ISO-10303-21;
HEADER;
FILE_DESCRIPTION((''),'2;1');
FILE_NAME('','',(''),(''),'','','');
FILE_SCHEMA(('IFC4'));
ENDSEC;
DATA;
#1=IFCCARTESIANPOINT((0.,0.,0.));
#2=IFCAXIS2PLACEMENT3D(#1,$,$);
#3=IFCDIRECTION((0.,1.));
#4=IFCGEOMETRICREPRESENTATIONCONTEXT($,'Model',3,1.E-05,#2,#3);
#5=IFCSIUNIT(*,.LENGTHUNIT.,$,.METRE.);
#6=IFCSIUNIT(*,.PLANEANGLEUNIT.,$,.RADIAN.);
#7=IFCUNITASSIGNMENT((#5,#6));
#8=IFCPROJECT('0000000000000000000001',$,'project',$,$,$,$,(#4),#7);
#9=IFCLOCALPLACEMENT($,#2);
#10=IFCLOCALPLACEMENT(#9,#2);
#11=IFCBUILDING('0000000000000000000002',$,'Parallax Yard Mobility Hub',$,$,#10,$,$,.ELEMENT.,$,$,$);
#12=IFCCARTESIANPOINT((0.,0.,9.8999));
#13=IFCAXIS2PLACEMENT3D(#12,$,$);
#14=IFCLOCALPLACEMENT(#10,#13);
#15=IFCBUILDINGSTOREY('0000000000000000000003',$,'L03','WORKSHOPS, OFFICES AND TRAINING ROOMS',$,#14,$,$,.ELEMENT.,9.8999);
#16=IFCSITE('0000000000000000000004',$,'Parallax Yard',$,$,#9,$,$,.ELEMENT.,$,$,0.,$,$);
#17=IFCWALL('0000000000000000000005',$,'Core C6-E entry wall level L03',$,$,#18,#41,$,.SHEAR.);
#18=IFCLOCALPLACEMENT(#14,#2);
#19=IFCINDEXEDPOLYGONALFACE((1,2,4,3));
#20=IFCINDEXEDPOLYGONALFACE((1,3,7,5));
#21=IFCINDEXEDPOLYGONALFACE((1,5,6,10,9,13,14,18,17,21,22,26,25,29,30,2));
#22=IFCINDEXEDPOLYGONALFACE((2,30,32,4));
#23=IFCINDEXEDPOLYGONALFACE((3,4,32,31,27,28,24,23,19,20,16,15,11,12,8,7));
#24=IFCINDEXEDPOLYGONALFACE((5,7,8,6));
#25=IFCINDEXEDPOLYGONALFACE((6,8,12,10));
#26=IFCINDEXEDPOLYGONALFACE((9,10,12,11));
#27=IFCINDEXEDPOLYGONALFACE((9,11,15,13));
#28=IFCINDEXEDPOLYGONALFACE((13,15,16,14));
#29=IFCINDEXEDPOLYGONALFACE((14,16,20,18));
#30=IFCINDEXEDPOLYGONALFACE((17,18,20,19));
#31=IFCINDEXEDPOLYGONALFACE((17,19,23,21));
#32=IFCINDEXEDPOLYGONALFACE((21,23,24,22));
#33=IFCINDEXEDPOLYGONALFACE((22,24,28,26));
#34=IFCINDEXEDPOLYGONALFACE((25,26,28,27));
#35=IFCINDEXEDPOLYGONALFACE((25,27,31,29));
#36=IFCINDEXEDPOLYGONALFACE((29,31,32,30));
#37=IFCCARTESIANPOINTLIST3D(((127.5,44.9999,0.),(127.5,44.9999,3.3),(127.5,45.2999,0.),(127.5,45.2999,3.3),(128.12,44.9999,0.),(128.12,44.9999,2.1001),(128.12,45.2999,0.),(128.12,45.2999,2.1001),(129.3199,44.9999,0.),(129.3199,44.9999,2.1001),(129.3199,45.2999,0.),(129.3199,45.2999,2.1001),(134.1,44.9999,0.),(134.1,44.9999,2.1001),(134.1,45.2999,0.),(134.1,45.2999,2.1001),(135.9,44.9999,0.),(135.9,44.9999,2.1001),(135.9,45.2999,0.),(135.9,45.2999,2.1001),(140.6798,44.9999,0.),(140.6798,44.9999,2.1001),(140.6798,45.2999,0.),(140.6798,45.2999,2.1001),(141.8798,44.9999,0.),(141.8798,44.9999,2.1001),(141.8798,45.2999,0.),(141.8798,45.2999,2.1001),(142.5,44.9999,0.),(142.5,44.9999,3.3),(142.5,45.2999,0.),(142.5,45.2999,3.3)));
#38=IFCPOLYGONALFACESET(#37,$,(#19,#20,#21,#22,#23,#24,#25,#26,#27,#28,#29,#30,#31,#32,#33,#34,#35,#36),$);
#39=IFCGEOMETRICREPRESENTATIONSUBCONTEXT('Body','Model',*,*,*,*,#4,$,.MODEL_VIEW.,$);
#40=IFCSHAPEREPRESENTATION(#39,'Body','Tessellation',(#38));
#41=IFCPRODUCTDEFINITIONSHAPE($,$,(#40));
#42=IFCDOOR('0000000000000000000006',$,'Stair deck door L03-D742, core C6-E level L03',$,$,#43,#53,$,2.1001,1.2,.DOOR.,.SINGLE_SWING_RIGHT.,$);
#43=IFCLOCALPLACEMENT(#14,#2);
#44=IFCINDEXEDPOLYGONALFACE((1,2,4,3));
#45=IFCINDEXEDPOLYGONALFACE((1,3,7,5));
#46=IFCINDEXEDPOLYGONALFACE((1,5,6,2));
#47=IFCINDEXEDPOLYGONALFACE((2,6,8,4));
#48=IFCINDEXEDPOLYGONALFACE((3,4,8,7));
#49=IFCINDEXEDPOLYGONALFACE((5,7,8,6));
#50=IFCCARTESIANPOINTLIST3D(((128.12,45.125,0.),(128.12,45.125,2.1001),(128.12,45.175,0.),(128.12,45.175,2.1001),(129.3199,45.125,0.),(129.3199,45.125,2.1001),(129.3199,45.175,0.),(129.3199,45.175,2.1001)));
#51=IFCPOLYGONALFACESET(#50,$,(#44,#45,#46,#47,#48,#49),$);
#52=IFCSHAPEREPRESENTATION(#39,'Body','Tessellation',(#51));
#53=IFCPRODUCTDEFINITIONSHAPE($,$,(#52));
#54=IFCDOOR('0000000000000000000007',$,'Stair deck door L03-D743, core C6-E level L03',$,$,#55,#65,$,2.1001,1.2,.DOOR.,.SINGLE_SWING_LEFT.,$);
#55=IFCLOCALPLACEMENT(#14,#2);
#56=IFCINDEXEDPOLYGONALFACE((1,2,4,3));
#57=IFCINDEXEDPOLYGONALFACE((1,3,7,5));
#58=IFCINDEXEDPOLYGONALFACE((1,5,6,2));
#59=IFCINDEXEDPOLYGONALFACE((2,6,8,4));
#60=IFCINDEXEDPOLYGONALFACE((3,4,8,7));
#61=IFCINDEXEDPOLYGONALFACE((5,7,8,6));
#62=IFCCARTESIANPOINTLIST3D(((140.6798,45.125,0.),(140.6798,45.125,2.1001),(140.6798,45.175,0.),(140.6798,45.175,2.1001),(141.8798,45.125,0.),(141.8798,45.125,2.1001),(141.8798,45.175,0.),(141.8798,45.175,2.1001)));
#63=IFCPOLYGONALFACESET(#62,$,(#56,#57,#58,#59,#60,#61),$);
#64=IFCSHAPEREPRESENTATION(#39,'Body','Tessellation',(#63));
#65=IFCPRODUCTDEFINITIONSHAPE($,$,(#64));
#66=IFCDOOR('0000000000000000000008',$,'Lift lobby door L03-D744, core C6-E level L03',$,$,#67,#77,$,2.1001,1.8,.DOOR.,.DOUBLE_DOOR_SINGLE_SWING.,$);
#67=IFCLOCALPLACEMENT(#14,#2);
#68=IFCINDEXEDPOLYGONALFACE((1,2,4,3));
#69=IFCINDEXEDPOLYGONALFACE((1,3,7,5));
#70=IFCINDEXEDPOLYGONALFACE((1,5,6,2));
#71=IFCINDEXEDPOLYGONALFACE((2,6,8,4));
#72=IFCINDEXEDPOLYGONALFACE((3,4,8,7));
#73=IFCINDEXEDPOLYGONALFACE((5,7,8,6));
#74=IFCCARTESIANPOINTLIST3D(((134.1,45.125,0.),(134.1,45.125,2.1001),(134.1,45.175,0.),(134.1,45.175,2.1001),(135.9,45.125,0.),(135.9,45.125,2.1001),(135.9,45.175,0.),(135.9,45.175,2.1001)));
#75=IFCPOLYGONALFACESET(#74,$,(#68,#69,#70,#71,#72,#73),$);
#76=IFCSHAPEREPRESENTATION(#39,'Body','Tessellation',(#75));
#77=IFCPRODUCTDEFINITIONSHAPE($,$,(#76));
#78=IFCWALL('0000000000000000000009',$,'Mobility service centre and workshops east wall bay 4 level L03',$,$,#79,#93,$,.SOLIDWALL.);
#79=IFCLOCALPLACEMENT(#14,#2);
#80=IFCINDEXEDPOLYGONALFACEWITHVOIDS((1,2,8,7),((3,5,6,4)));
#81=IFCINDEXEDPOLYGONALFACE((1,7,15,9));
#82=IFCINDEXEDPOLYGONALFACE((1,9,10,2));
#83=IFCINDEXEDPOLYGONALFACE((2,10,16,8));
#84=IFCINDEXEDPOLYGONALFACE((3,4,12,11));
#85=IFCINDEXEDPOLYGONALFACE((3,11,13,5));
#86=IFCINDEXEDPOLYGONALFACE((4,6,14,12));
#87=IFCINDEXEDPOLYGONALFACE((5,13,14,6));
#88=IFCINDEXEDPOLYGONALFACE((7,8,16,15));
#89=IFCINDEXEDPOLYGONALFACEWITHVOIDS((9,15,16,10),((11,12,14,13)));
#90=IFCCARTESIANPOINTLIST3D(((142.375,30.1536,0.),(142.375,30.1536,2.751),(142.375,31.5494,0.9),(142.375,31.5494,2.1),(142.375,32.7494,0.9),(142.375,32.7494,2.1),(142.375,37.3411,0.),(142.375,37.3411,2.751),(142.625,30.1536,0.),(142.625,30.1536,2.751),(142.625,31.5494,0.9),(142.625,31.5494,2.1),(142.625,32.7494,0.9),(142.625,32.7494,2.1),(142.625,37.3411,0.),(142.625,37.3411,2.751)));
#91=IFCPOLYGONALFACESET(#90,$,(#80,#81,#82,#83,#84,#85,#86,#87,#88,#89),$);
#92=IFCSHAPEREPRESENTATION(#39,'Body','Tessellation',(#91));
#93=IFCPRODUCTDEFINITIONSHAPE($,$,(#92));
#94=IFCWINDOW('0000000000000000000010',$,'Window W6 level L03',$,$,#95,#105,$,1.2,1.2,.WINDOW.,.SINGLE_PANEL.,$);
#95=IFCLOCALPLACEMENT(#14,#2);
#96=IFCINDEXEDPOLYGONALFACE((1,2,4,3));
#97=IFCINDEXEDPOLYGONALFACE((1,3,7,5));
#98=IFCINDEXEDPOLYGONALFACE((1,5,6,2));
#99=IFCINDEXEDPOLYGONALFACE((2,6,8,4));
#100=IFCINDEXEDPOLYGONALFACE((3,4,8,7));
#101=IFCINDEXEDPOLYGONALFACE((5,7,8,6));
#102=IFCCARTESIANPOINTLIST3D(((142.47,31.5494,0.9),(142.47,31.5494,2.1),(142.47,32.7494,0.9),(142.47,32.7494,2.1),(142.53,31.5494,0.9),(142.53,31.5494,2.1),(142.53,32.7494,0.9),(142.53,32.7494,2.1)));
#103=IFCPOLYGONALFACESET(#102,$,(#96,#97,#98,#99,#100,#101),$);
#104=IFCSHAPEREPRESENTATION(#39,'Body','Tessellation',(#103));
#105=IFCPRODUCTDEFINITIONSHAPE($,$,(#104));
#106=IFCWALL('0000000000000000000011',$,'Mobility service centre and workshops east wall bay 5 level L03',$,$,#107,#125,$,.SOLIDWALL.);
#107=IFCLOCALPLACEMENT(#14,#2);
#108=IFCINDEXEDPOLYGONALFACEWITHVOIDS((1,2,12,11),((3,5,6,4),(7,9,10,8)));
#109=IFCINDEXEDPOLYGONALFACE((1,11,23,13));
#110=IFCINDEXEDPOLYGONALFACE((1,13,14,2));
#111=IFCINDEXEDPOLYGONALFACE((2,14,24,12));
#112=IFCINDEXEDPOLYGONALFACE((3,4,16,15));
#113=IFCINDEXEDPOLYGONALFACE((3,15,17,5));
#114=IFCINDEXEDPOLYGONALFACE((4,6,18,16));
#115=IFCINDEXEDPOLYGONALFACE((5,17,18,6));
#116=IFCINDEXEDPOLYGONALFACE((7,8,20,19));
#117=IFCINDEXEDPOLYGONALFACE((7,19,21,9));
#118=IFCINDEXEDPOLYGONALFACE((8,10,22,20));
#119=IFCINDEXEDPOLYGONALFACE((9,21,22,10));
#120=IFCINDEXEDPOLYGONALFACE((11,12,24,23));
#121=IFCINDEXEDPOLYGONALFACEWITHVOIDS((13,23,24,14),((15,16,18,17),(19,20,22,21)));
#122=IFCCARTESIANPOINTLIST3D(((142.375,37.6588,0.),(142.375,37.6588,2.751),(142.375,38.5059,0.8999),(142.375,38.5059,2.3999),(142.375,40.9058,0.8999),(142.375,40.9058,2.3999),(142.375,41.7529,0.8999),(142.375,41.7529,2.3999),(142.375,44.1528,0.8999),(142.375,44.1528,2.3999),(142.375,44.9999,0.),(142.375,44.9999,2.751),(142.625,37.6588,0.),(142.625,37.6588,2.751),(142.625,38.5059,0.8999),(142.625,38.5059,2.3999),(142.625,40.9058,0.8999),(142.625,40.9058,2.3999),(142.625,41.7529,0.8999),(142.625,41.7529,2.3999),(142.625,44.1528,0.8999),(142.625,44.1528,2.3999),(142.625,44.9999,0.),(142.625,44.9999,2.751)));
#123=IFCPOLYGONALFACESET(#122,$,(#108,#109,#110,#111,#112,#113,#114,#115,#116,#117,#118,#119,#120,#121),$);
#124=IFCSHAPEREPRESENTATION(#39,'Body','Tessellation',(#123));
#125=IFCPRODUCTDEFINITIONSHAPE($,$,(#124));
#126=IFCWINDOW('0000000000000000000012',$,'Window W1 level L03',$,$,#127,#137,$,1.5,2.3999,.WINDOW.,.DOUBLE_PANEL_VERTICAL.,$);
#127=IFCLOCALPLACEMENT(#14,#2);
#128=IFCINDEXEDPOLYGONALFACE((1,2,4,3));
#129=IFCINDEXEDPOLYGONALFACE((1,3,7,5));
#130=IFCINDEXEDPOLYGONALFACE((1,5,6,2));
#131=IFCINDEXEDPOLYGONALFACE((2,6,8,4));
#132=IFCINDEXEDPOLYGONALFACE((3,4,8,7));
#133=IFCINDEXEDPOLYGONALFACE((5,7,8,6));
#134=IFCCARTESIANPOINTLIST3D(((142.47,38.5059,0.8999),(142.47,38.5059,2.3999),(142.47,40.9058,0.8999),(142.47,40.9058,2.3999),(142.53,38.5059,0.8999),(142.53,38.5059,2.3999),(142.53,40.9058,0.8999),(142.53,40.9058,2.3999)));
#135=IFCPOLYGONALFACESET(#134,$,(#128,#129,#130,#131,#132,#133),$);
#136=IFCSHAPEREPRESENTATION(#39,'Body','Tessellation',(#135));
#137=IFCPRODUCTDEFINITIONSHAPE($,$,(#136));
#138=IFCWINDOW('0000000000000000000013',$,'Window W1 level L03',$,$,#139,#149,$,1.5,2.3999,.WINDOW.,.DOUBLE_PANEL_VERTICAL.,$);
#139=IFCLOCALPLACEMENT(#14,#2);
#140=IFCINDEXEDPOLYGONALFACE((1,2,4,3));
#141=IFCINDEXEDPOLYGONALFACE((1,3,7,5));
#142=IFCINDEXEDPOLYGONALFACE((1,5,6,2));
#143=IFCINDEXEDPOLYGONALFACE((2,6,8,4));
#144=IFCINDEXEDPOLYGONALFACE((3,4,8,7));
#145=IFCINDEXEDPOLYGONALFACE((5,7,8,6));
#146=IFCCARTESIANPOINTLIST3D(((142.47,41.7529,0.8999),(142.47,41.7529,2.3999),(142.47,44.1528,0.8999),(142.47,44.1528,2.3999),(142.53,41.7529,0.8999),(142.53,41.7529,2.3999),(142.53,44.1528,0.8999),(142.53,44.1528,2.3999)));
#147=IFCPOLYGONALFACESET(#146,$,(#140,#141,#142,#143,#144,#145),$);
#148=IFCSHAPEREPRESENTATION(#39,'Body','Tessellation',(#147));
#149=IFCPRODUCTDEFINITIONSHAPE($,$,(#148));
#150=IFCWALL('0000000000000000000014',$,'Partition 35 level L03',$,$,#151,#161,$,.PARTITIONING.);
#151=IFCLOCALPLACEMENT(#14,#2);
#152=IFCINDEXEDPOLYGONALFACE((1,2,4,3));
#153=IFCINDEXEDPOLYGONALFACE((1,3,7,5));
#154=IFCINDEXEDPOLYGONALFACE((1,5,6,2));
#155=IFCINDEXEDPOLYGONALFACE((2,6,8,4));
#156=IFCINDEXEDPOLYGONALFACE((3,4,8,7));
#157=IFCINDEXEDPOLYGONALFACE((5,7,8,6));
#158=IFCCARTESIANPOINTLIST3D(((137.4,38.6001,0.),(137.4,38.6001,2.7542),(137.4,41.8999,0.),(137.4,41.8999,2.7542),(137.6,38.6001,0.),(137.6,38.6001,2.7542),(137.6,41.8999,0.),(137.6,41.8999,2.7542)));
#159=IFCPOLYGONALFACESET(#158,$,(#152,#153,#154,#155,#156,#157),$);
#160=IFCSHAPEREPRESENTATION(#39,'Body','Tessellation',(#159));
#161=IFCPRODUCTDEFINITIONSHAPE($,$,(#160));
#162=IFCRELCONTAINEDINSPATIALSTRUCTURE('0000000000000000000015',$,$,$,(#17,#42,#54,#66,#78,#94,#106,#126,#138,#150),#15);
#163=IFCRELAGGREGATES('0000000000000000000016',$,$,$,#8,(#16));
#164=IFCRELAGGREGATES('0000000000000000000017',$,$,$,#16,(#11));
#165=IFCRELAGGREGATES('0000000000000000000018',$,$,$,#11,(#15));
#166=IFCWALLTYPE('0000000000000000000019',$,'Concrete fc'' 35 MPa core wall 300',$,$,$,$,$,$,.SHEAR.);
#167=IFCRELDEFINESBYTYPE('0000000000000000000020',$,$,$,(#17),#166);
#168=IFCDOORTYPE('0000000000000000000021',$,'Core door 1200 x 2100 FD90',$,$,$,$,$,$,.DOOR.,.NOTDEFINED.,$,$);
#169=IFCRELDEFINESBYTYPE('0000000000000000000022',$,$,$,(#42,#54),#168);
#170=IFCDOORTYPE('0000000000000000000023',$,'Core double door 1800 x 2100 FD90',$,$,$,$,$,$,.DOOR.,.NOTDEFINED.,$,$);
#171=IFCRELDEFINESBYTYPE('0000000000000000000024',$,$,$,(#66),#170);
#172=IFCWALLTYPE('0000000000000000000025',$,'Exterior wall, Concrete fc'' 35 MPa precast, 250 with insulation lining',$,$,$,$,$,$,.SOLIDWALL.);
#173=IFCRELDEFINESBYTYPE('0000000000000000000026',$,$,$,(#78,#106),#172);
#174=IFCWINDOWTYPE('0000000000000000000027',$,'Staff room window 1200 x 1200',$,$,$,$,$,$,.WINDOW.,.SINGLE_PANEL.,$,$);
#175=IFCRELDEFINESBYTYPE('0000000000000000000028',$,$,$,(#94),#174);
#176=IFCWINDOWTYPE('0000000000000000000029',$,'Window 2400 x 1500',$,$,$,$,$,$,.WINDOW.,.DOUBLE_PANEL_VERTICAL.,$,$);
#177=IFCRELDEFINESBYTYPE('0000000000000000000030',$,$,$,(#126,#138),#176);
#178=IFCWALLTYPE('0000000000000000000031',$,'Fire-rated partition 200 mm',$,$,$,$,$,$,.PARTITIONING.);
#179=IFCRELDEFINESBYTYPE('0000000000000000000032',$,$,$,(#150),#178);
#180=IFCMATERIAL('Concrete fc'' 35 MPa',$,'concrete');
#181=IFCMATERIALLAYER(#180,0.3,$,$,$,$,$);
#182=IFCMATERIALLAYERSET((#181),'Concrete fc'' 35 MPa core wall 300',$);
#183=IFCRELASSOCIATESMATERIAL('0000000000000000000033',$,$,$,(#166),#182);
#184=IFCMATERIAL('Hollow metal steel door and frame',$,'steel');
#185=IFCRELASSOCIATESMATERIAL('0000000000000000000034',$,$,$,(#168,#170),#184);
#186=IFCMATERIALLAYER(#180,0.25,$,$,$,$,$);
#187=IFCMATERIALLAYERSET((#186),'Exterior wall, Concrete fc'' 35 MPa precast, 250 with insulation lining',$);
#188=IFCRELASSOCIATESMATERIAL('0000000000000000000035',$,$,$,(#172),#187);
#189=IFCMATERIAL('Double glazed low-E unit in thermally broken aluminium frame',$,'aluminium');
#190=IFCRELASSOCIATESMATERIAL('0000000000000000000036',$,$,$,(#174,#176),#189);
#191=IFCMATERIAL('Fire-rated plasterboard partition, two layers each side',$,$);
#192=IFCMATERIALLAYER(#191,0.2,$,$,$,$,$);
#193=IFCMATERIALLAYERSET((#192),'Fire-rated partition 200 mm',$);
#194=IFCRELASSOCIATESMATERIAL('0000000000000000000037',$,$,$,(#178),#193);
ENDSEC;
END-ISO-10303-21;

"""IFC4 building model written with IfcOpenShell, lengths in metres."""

from ifc_helpers import new_model, si_unit, direction, frame, frame_2d, origin, place, context, subcontext, project, spatial, rectangle, extrude, material, layer, layer_set, type_object, element, fill, save


model = new_model("IFC4")

# Units and contexts
model_context = context("Model", 3, precision=1e-05, world=origin(), true_north=direction((0.0, 1.0)))
body_context = subcontext(model_context, "Body", "Model", "MODEL_VIEW")
ifc_project = project(units=[si_unit("LENGTHUNIT", "METRE"), si_unit("PLANEANGLEUNIT", "RADIAN")], contexts=[model_context])

# Site, building, storey
site_placement = place(None, origin())
site = spatial("IfcSite", under=ifc_project, at=site_placement, Name="Parallax Yard", CompositionType="ELEMENT", RefElevation=0.0)
building_placement = place(site_placement, origin())
building = spatial("IfcBuilding", under=site, at=building_placement, Name="Parallax Yard Mobility Hub", CompositionType="ELEMENT")
storey_placement = place(building_placement, frame((0.0, 0.0, 9.8999)))
storey = spatial("IfcBuildingStorey", under=building, at=storey_placement, Name="L03", Description="WORKSHOPS, OFFICES AND TRAINING ROOMS", CompositionType="ELEMENT", Elevation=9.8999)

# Wall, openings, doors
ifc_material_1 = material(Name="Concrete fc' 35 MPa", Category="concrete")
ifc_layer_1 = layer(ifc_material_1, 0.3)
ifc_layer_set_1 = layer_set([ifc_layer_1], Name="Concrete fc' 35 MPa core wall 300")
wall_type_1 = type_object("IfcWallType", Name="Concrete fc' 35 MPa core wall 300", PredefinedType="SHEAR", material=ifc_layer_set_1)
wall_1_placement = place(storey_placement, frame((142.5, 45.1499, 0.0), z_axis=(0.0, 0.0, 1.0), x_axis=(-1.0, 0.0, 0.0)))
wall_1 = element("IfcWall", 1, at=wall_1_placement, inside=storey, type_object=wall_type_1, Name="Core C6-E entry wall level L03", PredefinedType="SHEAR", context=body_context, shape_type="SweptSolid", body=[
    extrude(rectangle(XDim=15.0, YDim=0.3, at=frame_2d((7.5, 0.0))), origin(), (0.0, 0.0, 1.0), 3.3),
])
opening_1_placement = place(wall_1_placement, frame((13.1799, 0.0, 0.0)))
opening_1 = element("IfcOpeningElement", 2, at=opening_1_placement, cuts=wall_1, PredefinedType="OPENING", context=body_context, shape_type="SweptSolid", body=[
    extrude(rectangle(XDim=1.2, YDim=2.1001, at=frame_2d((0.6001, 1.05))), frame((0.0, 0.1602, 0.0), z_axis=(0.0, -1.0, 0.0), x_axis=(1.0, 0.0, 0.0)), (0.0, 0.0, 1.0), 0.3201),
])
opening_2_placement = place(wall_1_placement, frame((0.6201, 0.0, 0.0)))
opening_2 = element("IfcOpeningElement", 3, at=opening_2_placement, cuts=wall_1, PredefinedType="OPENING", context=body_context, shape_type="SweptSolid", body=[
    extrude(rectangle(XDim=1.2, YDim=2.1001, at=frame_2d((0.6001, 1.05))), frame((0.0, 0.1602, 0.0), z_axis=(0.0, -1.0, 0.0), x_axis=(1.0, 0.0, 0.0)), (0.0, 0.0, 1.0), 0.3201),
])
opening_3_placement = place(wall_1_placement, frame((6.6001, 0.0, 0.0)))
opening_3 = element("IfcOpeningElement", 4, at=opening_3_placement, cuts=wall_1, PredefinedType="OPENING", context=body_context, shape_type="SweptSolid", body=[
    extrude(rectangle(XDim=1.8, YDim=2.1001, at=frame_2d((0.8999, 1.05))), frame((0.0, 0.1602, 0.0), z_axis=(0.0, -1.0, 0.0), x_axis=(1.0, 0.0, 0.0)), (0.0, 0.0, 1.0), 0.3201),
])
ifc_material_2 = material(Name="Hollow metal steel door and frame", Category="steel")
door_type_1 = type_object("IfcDoorType", Name="Core door 1200 x 2100 FD90", OperationType="NOTDEFINED", PredefinedType="DOOR", material=ifc_material_2)
door_1_placement = place(opening_1_placement, origin())
door_1 = element("IfcDoor", 5, at=door_1_placement, inside=storey, type_object=door_type_1, Name="Stair deck door L03-D742, core C6-E level L03", OperationType="SINGLE_SWING_RIGHT", OverallHeight=2.1001, OverallWidth=1.2, PredefinedType="DOOR", context=body_context, shape_type="SweptSolid", body=[
    extrude(rectangle(XDim=1.2, YDim=2.1001, at=frame_2d((0.6001, 1.05))), frame((0.0, 0.0249, 0.0), z_axis=(0.0, -1.0, 0.0), x_axis=(1.0, 0.0, 0.0)), (0.0, 0.0, 1.0), 0.05),
])
fill(opening_1, door_1)
door_2_placement = place(opening_2_placement, origin())
door_2 = element("IfcDoor", 6, at=door_2_placement, inside=storey, type_object=door_type_1, Name="Stair deck door L03-D743, core C6-E level L03", OperationType="SINGLE_SWING_LEFT", OverallHeight=2.1001, OverallWidth=1.2, PredefinedType="DOOR", context=body_context, shape_type="SweptSolid", body=[
    extrude(rectangle(XDim=1.2, YDim=2.1001, at=frame_2d((0.6001, 1.05))), frame((0.0, 0.0249, 0.0), z_axis=(0.0, -1.0, 0.0), x_axis=(1.0, 0.0, 0.0)), (0.0, 0.0, 1.0), 0.05),
])
fill(opening_2, door_2)
door_type_2 = type_object("IfcDoorType", Name="Core double door 1800 x 2100 FD90", OperationType="NOTDEFINED", PredefinedType="DOOR", material=ifc_material_2)
door_3_placement = place(opening_3_placement, origin())
door_3 = element("IfcDoor", 7, at=door_3_placement, inside=storey, type_object=door_type_2, Name="Lift lobby door L03-D744, core C6-E level L03", OperationType="DOUBLE_DOOR_SINGLE_SWING", OverallHeight=2.1001, OverallWidth=1.8, PredefinedType="DOOR", context=body_context, shape_type="SweptSolid", body=[
    extrude(rectangle(XDim=1.8, YDim=2.1001, at=frame_2d((0.8999, 1.05))), frame((0.0, 0.0249, 0.0), z_axis=(0.0, -1.0, 0.0), x_axis=(1.0, 0.0, 0.0)), (0.0, 0.0, 1.0), 0.05),
])
fill(opening_3, door_3)

# Wall, opening, window
ifc_layer_2 = layer(ifc_material_1, 0.25)
ifc_layer_set_2 = layer_set([ifc_layer_2], Name="Exterior wall, Concrete fc' 35 MPa precast, 250 with insulation lining")
wall_type_2 = type_object("IfcWallType", Name="Exterior wall, Concrete fc' 35 MPa precast, 250 with insulation lining", PredefinedType="SOLIDWALL", material=ifc_layer_set_2)
wall_2_placement = place(storey_placement, frame((142.5, 30.1536, 0.0), z_axis=(0.0, 0.0, 1.0), x_axis=(0.0, 1.0, 0.0)))
wall_2 = element("IfcWall", 8, at=wall_2_placement, inside=storey, type_object=wall_type_2, Name="Mobility service centre and workshops east wall bay 4 level L03", PredefinedType="SOLIDWALL", context=body_context, shape_type="SweptSolid", body=[
    extrude(rectangle(XDim=7.1875, YDim=0.25, at=frame_2d((3.5938, 0.0))), origin(), (0.0, 0.0, 1.0), 2.751),
])
opening_4_placement = place(wall_2_placement, frame((1.3958, 0.0, 0.8999)))
opening_4 = element("IfcOpeningElement", 9, at=opening_4_placement, cuts=wall_2, PredefinedType="OPENING", context=body_context, shape_type="SweptSolid", body=[
    extrude(rectangle(XDim=1.2, YDim=1.2, at=frame_2d((0.6001, 0.6001))), frame((0.0, 0.135, 0.0), z_axis=(0.0, -1.0, 0.0), x_axis=(1.0, 0.0, 0.0)), (0.0, 0.0, 1.0), 0.27),
])
ifc_material_3 = material(Name="Double glazed low-E unit in thermally broken aluminium frame", Category="aluminium")
window_type_1 = type_object("IfcWindowType", Name="Staff room window 1200 x 1200", PartitioningType="SINGLE_PANEL", PredefinedType="WINDOW", material=ifc_material_3)
window_1_placement = place(opening_4_placement, origin())
window_1 = element("IfcWindow", 10, at=window_1_placement, inside=storey, type_object=window_type_1, Name="Window W6 level L03", OverallHeight=1.2, OverallWidth=1.2, PartitioningType="SINGLE_PANEL", PredefinedType="WINDOW", context=body_context, shape_type="SweptSolid", body=[
    extrude(rectangle(XDim=1.2, YDim=1.2, at=frame_2d((0.6001, 0.6001))), frame((0.0, 0.03, 0.0), z_axis=(0.0, -1.0, 0.0), x_axis=(1.0, 0.0, 0.0)), (0.0, 0.0, 1.0), 0.0601),
])
fill(opening_4, window_1)

# Wall, openings, windows
wall_3_placement = place(storey_placement, frame((142.5, 37.6589, 0.0), z_axis=(0.0, 0.0, 1.0), x_axis=(0.0, 1.0, 0.0)))
wall_3 = element("IfcWall", 11, at=wall_3_placement, inside=storey, type_object=wall_type_2, Name="Mobility service centre and workshops east wall bay 5 level L03", PredefinedType="SOLIDWALL", context=body_context, shape_type="SweptSolid", body=[
    extrude(rectangle(XDim=7.3411, YDim=0.25, at=frame_2d((3.6704, 0.0))), origin(), (0.0, 0.0, 1.0), 2.751),
])
opening_5_placement = place(wall_3_placement, frame((0.8469, 0.0, 0.8999)))
opening_5 = element("IfcOpeningElement", 12, at=opening_5_placement, cuts=wall_3, PredefinedType="OPENING", context=body_context, shape_type="SweptSolid", body=[
    extrude(rectangle(XDim=2.3999, YDim=1.5, at=frame_2d((1.2, 0.75))), frame((0.0, 0.135, 0.0), z_axis=(0.0, -1.0, 0.0), x_axis=(1.0, 0.0, 0.0)), (0.0, 0.0, 1.0), 0.27),
])
opening_6_placement = place(wall_3_placement, frame((4.094, 0.0, 0.8999)))
opening_6 = element("IfcOpeningElement", 13, at=opening_6_placement, cuts=wall_3, PredefinedType="OPENING", context=body_context, shape_type="SweptSolid", body=[
    extrude(rectangle(XDim=2.3999, YDim=1.5, at=frame_2d((1.2, 0.75))), frame((0.0, 0.135, 0.0), z_axis=(0.0, -1.0, 0.0), x_axis=(1.0, 0.0, 0.0)), (0.0, 0.0, 1.0), 0.27),
])
window_type_2 = type_object("IfcWindowType", Name="Window 2400 x 1500", PartitioningType="DOUBLE_PANEL_VERTICAL", PredefinedType="WINDOW", material=ifc_material_3)
window_2_placement = place(opening_5_placement, origin())
window_2 = element("IfcWindow", 14, at=window_2_placement, inside=storey, type_object=window_type_2, Name="Window W1 level L03", OverallHeight=1.5, OverallWidth=2.3999, PartitioningType="DOUBLE_PANEL_VERTICAL", PredefinedType="WINDOW", context=body_context, shape_type="SweptSolid", body=[
    extrude(rectangle(XDim=2.3999, YDim=1.5, at=frame_2d((1.2, 0.75))), frame((0.0, 0.03, 0.0), z_axis=(0.0, -1.0, 0.0), x_axis=(1.0, 0.0, 0.0)), (0.0, 0.0, 1.0), 0.0601),
])
fill(opening_5, window_2)
window_3_placement = place(opening_6_placement, origin())
window_3 = element("IfcWindow", 15, at=window_3_placement, inside=storey, type_object=window_type_2, Name="Window W1 level L03", OverallHeight=1.5, OverallWidth=2.3999, PartitioningType="DOUBLE_PANEL_VERTICAL", PredefinedType="WINDOW", context=body_context, shape_type="SweptSolid", body=[
    extrude(rectangle(XDim=2.3999, YDim=1.5, at=frame_2d((1.2, 0.75))), frame((0.0, 0.03, 0.0), z_axis=(0.0, -1.0, 0.0), x_axis=(1.0, 0.0, 0.0)), (0.0, 0.0, 1.0), 0.0601),
])
fill(opening_6, window_3)

# Wall
ifc_material_4 = material(Name="Fire-rated plasterboard partition, two layers each side")
ifc_layer_3 = layer(ifc_material_4, 0.2)
ifc_layer_set_3 = layer_set([ifc_layer_3], Name="Fire-rated partition 200 mm")
wall_type_3 = type_object("IfcWallType", Name="Fire-rated partition 200 mm", PredefinedType="PARTITIONING", material=ifc_layer_set_3)
wall_4_placement = place(storey_placement, frame((137.5, 38.6001, 0.0), z_axis=(0.0, 0.0, 1.0), x_axis=(0.0, 1.0, 0.0)))
element("IfcWall", 16, at=wall_4_placement, inside=storey, type_object=wall_type_3, Name="Partition 35 level L03", PredefinedType="PARTITIONING", context=body_context, shape_type="SweptSolid", body=[
    extrude(rectangle(XDim=3.2998, YDim=0.2, at=frame_2d((1.6499, 0.0))), origin(), (0.0, 0.0, 1.0), 2.7542),
])

save(model, "model.ifc")
